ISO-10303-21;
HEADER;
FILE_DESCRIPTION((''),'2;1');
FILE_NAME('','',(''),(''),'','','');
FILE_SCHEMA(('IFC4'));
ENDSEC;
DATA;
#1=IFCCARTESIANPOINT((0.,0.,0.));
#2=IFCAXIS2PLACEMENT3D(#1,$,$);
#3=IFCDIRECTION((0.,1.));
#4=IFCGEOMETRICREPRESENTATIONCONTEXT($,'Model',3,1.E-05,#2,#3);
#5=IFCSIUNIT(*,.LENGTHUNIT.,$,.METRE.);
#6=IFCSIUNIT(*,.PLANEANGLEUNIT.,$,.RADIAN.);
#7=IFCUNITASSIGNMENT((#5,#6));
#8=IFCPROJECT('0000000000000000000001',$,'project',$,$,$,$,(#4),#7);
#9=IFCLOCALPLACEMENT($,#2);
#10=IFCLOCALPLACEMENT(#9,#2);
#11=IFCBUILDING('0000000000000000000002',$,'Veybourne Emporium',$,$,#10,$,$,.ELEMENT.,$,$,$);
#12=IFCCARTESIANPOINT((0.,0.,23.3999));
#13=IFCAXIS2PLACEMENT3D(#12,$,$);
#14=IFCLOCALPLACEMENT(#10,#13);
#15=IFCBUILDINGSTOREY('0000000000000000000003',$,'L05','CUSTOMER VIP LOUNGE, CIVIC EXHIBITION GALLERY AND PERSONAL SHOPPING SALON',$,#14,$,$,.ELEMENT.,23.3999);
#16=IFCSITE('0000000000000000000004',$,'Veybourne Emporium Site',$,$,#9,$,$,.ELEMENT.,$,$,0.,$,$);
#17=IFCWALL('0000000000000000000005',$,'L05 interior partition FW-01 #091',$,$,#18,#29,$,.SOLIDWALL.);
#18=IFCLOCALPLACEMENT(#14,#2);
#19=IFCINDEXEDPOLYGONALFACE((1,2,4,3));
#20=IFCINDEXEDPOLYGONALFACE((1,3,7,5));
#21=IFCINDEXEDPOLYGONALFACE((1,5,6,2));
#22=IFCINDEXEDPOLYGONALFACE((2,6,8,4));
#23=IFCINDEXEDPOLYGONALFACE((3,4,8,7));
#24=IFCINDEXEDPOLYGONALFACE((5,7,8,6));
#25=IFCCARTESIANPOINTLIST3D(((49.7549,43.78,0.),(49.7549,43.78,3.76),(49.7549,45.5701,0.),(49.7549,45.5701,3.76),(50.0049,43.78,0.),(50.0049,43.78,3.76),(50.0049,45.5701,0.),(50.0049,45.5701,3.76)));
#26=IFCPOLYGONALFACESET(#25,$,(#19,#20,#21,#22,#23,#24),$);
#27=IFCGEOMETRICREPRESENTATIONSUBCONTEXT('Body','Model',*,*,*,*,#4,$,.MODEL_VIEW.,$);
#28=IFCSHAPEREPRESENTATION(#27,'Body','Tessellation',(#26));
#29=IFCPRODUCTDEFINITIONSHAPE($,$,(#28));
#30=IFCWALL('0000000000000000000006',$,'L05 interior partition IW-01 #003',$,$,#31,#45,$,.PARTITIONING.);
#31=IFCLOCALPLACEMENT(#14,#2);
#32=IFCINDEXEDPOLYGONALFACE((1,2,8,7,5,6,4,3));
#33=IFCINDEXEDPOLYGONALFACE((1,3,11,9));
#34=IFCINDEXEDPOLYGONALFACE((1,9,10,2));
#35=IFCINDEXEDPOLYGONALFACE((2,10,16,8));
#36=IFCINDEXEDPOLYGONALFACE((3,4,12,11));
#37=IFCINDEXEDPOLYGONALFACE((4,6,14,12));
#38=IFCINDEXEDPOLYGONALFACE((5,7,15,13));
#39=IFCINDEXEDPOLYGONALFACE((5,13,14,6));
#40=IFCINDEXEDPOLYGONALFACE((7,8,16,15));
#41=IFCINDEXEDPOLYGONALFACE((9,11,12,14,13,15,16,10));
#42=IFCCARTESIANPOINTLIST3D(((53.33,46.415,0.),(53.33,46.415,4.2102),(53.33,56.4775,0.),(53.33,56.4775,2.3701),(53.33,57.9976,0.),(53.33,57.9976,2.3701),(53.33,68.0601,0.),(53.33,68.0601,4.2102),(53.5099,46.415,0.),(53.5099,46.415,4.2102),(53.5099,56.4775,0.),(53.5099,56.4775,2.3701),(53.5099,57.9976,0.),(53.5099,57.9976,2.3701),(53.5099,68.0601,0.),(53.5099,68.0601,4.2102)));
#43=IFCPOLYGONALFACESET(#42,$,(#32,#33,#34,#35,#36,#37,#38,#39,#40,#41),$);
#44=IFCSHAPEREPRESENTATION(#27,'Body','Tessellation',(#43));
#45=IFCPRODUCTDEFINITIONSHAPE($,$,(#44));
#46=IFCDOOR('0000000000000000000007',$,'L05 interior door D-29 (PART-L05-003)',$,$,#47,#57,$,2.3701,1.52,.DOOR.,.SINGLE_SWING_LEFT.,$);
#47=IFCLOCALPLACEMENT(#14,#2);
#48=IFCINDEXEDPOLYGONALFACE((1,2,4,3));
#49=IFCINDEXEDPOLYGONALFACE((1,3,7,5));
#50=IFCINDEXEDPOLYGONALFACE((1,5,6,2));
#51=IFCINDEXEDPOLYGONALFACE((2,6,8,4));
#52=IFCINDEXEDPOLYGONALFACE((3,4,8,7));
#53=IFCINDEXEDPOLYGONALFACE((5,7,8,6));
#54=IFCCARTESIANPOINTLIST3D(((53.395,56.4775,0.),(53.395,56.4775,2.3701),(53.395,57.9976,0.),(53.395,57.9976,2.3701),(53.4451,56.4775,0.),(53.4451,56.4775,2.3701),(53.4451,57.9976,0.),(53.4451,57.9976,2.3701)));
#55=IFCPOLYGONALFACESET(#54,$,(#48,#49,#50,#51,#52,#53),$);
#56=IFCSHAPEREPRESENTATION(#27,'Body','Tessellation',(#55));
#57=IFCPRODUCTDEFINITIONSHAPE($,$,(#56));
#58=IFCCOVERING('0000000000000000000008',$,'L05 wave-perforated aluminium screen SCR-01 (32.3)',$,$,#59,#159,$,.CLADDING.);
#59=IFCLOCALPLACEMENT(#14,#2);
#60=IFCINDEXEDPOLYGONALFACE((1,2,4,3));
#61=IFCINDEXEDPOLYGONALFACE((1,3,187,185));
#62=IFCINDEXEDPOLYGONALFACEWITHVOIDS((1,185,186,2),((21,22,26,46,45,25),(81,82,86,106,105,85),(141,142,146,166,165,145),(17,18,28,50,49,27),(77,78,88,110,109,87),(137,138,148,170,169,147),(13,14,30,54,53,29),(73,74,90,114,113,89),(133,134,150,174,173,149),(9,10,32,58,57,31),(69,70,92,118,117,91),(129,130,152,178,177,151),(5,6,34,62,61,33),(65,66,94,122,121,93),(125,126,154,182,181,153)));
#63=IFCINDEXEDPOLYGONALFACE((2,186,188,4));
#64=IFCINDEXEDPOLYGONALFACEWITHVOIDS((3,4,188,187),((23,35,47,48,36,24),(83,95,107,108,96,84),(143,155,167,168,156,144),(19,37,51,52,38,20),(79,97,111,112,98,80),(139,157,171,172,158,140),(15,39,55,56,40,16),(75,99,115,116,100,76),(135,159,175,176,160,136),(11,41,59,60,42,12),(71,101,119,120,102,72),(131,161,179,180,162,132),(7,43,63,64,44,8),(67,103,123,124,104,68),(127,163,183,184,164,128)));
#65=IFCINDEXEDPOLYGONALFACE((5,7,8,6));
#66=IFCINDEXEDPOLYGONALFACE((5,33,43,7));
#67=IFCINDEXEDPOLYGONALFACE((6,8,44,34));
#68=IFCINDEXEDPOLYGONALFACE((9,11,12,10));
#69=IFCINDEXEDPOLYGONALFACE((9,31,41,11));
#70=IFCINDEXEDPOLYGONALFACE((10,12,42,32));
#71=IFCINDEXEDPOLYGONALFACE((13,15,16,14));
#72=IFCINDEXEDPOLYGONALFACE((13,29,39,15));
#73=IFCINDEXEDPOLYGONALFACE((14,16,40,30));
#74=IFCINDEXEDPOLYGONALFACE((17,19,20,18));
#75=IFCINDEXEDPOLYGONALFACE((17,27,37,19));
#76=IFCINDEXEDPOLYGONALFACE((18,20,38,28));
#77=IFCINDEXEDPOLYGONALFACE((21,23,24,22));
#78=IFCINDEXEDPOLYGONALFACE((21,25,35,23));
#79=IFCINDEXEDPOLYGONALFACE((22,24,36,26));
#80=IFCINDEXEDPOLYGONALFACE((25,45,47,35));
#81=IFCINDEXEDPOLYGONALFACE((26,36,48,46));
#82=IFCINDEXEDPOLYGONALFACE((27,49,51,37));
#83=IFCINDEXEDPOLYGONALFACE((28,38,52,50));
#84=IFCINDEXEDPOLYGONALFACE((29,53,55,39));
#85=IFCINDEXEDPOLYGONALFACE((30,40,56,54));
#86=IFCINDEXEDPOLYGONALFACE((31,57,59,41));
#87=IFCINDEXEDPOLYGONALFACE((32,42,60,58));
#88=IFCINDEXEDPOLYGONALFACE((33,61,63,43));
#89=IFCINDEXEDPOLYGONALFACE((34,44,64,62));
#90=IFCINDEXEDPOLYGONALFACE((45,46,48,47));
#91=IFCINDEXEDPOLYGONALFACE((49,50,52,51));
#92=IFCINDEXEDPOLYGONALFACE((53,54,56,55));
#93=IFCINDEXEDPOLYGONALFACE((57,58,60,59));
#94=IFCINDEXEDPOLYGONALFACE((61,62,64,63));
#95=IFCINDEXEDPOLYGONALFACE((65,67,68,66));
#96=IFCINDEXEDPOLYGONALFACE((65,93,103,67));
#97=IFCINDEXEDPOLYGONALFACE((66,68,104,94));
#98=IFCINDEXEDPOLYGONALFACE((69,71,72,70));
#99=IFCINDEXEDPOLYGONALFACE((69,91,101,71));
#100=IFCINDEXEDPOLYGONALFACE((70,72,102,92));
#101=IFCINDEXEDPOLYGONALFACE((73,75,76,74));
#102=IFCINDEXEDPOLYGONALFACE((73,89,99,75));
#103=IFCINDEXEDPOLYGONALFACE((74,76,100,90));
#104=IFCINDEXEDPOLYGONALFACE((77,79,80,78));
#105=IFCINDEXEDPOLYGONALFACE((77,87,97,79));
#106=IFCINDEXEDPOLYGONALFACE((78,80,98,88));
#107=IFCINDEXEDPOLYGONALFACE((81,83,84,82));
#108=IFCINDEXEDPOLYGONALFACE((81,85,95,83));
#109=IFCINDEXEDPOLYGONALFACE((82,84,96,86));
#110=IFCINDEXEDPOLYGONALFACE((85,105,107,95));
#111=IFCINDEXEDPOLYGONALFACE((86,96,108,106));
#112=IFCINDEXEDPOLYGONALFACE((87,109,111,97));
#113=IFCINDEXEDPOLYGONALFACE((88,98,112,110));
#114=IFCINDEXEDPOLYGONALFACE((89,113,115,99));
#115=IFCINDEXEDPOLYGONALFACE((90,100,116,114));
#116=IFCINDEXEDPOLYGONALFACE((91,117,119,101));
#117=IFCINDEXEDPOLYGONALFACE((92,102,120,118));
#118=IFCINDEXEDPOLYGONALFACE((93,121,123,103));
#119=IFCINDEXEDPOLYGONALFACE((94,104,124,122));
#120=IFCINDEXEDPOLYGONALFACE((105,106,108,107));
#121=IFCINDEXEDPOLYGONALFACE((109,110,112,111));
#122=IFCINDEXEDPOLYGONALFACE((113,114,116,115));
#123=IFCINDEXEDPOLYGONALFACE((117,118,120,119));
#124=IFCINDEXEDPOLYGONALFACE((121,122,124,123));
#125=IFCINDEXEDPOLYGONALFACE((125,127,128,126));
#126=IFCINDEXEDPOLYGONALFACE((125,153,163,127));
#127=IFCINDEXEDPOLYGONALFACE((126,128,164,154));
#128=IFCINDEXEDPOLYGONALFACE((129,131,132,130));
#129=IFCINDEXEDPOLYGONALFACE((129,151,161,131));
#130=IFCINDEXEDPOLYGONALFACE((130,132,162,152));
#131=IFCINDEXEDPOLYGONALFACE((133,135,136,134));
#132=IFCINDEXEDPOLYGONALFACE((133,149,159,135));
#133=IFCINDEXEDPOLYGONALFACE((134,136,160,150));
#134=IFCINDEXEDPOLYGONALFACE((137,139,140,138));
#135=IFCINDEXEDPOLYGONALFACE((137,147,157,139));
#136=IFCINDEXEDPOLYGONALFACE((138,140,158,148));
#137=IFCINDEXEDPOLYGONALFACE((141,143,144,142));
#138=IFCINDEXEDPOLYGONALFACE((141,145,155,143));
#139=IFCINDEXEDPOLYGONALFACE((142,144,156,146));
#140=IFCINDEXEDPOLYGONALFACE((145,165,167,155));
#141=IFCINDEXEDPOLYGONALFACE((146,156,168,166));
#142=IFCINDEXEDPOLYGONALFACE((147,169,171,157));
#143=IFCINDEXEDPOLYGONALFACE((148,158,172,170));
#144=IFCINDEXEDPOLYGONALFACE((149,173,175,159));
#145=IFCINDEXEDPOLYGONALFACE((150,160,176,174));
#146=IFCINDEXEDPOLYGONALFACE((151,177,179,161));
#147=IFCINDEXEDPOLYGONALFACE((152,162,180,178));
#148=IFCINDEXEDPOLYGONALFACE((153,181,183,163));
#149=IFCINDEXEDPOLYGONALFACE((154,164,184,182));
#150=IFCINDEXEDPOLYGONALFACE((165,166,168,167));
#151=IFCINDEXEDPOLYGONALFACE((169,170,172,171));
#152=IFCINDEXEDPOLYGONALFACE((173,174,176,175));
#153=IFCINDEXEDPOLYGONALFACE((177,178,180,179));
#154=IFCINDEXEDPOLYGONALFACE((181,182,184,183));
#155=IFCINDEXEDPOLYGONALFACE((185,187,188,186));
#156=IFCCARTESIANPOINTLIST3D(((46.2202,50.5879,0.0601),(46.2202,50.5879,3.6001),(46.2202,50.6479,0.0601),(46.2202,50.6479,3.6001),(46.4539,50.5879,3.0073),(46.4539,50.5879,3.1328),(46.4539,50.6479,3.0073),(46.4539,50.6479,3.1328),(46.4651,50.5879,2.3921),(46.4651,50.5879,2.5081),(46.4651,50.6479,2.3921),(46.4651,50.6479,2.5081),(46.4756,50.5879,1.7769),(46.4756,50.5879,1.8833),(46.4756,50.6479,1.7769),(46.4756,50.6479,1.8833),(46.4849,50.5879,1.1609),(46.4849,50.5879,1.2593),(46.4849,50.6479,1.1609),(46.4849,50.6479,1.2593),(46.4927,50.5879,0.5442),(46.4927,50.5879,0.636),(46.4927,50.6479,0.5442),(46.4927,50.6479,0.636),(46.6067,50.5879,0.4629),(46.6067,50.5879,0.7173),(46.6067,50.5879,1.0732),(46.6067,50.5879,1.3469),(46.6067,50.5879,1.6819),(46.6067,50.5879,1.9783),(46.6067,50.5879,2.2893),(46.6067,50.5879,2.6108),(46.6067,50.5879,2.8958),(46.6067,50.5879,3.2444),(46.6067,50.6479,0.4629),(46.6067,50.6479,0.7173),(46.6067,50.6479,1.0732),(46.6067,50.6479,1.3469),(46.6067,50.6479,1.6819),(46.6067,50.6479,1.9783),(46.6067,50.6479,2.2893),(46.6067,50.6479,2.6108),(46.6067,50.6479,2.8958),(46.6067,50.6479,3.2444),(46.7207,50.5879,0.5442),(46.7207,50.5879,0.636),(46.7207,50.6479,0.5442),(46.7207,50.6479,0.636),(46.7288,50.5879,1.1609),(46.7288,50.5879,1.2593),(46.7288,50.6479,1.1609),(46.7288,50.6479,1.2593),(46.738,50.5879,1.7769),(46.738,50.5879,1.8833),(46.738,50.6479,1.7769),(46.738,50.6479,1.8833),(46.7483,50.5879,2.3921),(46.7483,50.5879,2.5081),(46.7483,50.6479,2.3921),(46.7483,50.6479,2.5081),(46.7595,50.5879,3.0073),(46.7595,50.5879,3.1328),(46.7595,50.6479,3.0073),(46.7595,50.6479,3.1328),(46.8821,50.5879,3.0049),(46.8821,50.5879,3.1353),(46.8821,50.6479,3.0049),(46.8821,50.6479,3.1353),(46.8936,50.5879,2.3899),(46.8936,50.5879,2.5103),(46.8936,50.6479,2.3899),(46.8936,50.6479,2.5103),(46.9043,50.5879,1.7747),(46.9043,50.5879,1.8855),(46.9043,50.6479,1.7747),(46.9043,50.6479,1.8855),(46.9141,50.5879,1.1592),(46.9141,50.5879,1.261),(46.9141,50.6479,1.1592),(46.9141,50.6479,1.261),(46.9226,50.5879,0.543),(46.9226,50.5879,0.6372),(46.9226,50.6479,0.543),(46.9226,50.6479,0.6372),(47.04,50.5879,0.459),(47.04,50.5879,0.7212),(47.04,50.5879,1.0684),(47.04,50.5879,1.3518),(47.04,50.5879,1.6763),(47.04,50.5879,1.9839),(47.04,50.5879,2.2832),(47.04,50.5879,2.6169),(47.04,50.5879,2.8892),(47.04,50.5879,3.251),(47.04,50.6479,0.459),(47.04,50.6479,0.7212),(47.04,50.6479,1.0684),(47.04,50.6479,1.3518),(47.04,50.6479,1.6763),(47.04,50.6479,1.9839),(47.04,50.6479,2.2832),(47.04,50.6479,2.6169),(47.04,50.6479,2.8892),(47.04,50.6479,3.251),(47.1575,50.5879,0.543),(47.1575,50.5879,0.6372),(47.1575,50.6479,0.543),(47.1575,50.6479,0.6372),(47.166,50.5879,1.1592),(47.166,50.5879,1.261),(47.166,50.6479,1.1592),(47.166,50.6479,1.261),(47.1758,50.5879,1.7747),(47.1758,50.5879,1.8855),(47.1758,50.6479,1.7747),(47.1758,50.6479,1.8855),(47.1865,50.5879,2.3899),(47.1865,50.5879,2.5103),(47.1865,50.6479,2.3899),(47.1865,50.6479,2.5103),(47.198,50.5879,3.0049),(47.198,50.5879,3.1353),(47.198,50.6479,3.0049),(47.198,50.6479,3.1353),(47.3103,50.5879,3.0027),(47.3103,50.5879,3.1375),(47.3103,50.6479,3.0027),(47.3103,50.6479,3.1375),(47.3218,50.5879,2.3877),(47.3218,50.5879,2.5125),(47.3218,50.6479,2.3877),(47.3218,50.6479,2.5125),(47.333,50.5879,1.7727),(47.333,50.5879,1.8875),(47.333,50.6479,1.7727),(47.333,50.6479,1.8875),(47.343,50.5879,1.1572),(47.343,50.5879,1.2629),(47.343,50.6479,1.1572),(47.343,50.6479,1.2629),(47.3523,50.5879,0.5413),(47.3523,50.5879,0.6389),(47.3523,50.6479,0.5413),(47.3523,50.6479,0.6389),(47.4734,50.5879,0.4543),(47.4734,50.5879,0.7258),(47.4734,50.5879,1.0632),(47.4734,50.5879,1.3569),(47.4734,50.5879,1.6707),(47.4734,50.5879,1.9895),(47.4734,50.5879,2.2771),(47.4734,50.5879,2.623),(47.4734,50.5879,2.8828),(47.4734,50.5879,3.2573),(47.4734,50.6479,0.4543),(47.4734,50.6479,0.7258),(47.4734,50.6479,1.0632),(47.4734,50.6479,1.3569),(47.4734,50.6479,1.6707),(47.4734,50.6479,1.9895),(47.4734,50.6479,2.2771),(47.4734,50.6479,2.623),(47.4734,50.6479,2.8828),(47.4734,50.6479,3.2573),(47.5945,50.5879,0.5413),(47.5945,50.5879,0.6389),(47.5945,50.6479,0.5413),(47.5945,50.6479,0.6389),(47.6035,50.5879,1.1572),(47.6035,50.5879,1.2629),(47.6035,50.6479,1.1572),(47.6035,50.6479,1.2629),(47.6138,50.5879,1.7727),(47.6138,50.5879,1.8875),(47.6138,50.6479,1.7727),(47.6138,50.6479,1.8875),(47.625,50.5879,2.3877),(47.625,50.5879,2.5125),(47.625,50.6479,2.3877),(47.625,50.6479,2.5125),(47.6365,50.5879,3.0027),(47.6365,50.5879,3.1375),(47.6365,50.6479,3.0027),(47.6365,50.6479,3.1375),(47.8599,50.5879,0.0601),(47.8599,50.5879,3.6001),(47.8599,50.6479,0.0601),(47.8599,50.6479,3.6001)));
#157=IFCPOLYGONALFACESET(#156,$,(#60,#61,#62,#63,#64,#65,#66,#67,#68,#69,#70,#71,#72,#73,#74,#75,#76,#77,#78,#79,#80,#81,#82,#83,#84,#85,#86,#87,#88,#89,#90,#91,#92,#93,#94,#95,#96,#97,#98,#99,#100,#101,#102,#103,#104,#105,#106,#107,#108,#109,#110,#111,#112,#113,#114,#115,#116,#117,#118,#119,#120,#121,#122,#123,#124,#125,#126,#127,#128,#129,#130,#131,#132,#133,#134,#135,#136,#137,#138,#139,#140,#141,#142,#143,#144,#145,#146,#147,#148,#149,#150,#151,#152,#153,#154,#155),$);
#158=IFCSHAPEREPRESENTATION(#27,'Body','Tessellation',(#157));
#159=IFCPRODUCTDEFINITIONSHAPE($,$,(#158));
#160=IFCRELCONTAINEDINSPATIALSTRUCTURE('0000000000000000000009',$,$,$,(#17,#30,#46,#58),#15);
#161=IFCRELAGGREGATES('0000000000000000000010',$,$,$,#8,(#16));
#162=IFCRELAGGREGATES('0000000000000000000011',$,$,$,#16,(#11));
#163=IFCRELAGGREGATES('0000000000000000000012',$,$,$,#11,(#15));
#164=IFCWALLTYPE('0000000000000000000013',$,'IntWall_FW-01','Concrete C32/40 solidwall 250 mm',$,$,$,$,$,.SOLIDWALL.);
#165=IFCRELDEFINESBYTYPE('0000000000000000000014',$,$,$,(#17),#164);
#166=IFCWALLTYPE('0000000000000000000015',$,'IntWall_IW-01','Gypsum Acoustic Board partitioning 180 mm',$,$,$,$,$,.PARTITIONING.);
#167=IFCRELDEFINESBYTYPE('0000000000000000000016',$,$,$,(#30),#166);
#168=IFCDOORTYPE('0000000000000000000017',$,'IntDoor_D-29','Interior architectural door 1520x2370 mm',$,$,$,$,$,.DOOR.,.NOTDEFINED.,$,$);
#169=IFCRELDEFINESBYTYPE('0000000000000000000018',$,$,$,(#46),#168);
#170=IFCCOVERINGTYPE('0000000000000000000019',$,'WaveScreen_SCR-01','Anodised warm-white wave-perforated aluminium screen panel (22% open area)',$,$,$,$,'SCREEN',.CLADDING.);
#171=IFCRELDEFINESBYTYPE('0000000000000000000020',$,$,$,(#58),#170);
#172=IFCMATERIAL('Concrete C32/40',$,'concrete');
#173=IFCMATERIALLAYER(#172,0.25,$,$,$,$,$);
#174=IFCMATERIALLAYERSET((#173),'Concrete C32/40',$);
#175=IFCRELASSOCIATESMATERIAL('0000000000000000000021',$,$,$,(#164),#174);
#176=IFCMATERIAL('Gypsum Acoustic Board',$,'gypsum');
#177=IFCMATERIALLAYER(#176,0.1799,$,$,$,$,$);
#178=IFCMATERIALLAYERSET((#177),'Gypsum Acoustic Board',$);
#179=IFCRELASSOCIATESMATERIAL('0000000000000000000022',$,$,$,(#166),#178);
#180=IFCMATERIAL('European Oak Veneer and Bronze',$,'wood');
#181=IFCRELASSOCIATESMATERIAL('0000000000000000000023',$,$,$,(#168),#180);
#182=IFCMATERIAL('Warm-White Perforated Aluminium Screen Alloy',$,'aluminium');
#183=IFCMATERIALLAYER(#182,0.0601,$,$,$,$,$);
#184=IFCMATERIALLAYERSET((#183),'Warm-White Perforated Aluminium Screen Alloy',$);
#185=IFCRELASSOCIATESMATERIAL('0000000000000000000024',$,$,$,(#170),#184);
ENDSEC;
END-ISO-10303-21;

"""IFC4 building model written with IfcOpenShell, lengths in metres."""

from ifc_helpers import new_model, si_unit, direction, frame, frame_2d, origin, place, context, subcontext, project, spatial, polyline, rectangle, outline, extrude, material, layer, layer_set, type_object, element, fill, save


model = new_model("IFC4")

# Units and contexts
model_context = context("Model", 3, precision=1e-05, world=origin(), true_north=direction((0.0, 1.0)))
body_context = subcontext(model_context, "Body", "Model", "MODEL_VIEW")
ifc_project = project(units=[si_unit("LENGTHUNIT", "METRE"), si_unit("PLANEANGLEUNIT", "RADIAN")], contexts=[model_context])

# Site, building, storey
site_placement = place(None, origin())
site = spatial("IfcSite", under=ifc_project, at=site_placement, Name="Veybourne Emporium Site", CompositionType="ELEMENT", RefElevation=0.0)
building_placement = place(site_placement, origin())
building = spatial("IfcBuilding", under=site, at=building_placement, Name="Veybourne Emporium", CompositionType="ELEMENT")
storey_placement = place(building_placement, frame((0.0, 0.0, 23.3999)))
storey = spatial("IfcBuildingStorey", under=building, at=storey_placement, Name="L05", Description="CUSTOMER VIP LOUNGE, CIVIC EXHIBITION GALLERY AND PERSONAL SHOPPING SALON", CompositionType="ELEMENT", Elevation=23.3999)

# Shared definitions
ifc_material_1 = material(Name="Concrete C32/40", Category="concrete")

# Shared definitions
ifc_layer_1 = layer(ifc_material_1, 0.25)
ifc_layer_set_1 = layer_set([ifc_layer_1], Name="Concrete C32/40")
wall_type_1 = type_object("IfcWallType", Name="IntWall_FW-01", Description="Concrete C32/40 solidwall 250 mm", PredefinedType="SOLIDWALL", material=ifc_layer_set_1)

# Wall
wall_1_placement = place(storey_placement, frame((49.8799, 43.78, 0.0), z_axis=(0.0, 0.0, 1.0), x_axis=(0.0, 1.0, 0.0)))
element("IfcWall", 1, at=wall_1_placement, inside=storey, type_object=wall_type_1, Name="L05 interior partition FW-01 #091", PredefinedType="SOLIDWALL", context=body_context, shape_type="SweptSolid", body=[
    extrude(rectangle(XDim=1.79, YDim=0.25, at=frame_2d((0.895, 0.0))), origin(), (0.0, 0.0, 1.0), 3.76),
])

# Wall, opening, door
ifc_material_2 = material(Name="Gypsum Acoustic Board", Category="gypsum")
ifc_layer_2 = layer(ifc_material_2, 0.1799)
ifc_layer_set_2 = layer_set([ifc_layer_2], Name="Gypsum Acoustic Board")
wall_type_2 = type_object("IfcWallType", Name="IntWall_IW-01", Description="Gypsum Acoustic Board partitioning 180 mm", PredefinedType="PARTITIONING", material=ifc_layer_set_2)
wall_2_placement = place(storey_placement, frame((53.4199, 46.415, 0.0), z_axis=(0.0, 0.0, 1.0), x_axis=(0.0, 1.0, 0.0)))
wall_2 = element("IfcWall", 2, at=wall_2_placement, inside=storey, type_object=wall_type_2, Name="L05 interior partition IW-01 #003", PredefinedType="PARTITIONING", context=body_context, shape_type="SweptSolid", body=[
    extrude(rectangle(XDim=21.645, YDim=0.1799, at=frame_2d((10.8225, 0.0))), origin(), (0.0, 0.0, 1.0), 4.2102),
])
opening_1_placement = place(wall_2_placement, frame((10.0625, 0.0, 0.0)))
opening_1 = element("IfcOpeningElement", 3, at=opening_1_placement, cuts=wall_2, PredefinedType="OPENING", context=body_context, shape_type="SweptSolid", body=[
    extrude(rectangle(XDim=1.52, YDim=2.3701, at=frame_2d((0.76, 1.1851))), frame((0.0, 0.1099, 0.0), z_axis=(0.0, -1.0, 0.0), x_axis=(1.0, 0.0, 0.0)), (0.0, 0.0, 1.0), 0.22),
])
ifc_material_3 = material(Name="European Oak Veneer and Bronze", Category="wood")
door_type_1 = type_object("IfcDoorType", Name="IntDoor_D-29", Description="Interior architectural door 1520x2370 mm", OperationType="NOTDEFINED", PredefinedType="DOOR", material=ifc_material_3)
door_1_placement = place(opening_1_placement, origin())
door_1 = element("IfcDoor", 4, at=door_1_placement, inside=storey, type_object=door_type_1, Name="L05 interior door D-29 (PART-L05-003)", OperationType="SINGLE_SWING_LEFT", OverallHeight=2.3701, OverallWidth=1.52, PredefinedType="DOOR", context=body_context, shape_type="SweptSolid", body=[
    extrude(rectangle(XDim=1.52, YDim=2.3701, at=frame_2d((0.76, 1.1851))), frame((0.0, 0.0249, 0.0), z_axis=(0.0, -1.0, 0.0), x_axis=(1.0, 0.0, 0.0)), (0.0, 0.0, 1.0), 0.05),
])
fill(opening_1, door_1)

# Covering
ifc_material_4 = material(Name="Warm-White Perforated Aluminium Screen Alloy", Category="aluminium")
ifc_layer_3 = layer(ifc_material_4, 0.0601)
ifc_layer_set_3 = layer_set([ifc_layer_3], Name="Warm-White Perforated Aluminium Screen Alloy")
covering_type_1 = type_object("IfcCoveringType", Name="WaveScreen_SCR-01", Description="Anodised warm-white wave-perforated aluminium screen panel (22% open area)", ElementType="SCREEN", PredefinedType="CLADDING", material=ifc_layer_set_3)
covering_1_placement = place(storey_placement, frame((47.04, 50.6479, 1.8301), z_axis=(0.0, -1.0, 0.0), x_axis=(1.0, 0.0, 0.0)))
element("IfcCovering", 5, at=covering_1_placement, inside=storey, type_object=covering_type_1, Name="L05 wave-perforated aluminium screen SCR-01 (32.3)", PredefinedType="CLADDING", context=body_context, shape_type="SweptSolid", body=[
    extrude(outline(polyline([(-0.8198, -1.77), (0.8198, -1.77), (0.8198, 1.77), (-0.8198, 1.77), (-0.8198, -1.77)]), holes=[polyline([(-0.4333, -1.1128), (-0.3193, -1.1941), (-0.3193, -1.2859), (-0.4333, -1.3672), (-0.5474, -1.2859), (-0.5474, -1.1941), (-0.4333, -1.1128)]), polyline([(-0.4333, -0.4832), (-0.3113, -0.5708), (-0.3113, -0.6692), (-0.4333, -0.7568), (-0.5552, -0.6692), (-0.5552, -0.5708), (-0.4333, -0.4832)]), polyline([(-0.4333, 0.1482), (-0.302, 0.0532), (-0.302, -0.0532), (-0.4333, -0.1482), (-0.5645, -0.0532), (-0.5645, 0.0532), (-0.4333, 0.1482)]), polyline([(-0.4333, 0.7808), (-0.2917, 0.678), (-0.2917, 0.562), (-0.4333, 0.4592), (-0.575, 0.562), (-0.575, 0.678), (-0.4333, 0.7808)]), polyline([(-0.4333, 1.4143), (-0.2805, 1.3027), (-0.2805, 1.1772), (-0.4333, 1.0657), (-0.5862, 1.1772), (-0.5862, 1.3027), (-0.4333, 1.4143)]), polyline([(0.0, -1.1089), (0.1174, -1.1929), (0.1174, -1.2871), (0.0, -1.3711), (-0.1174, -1.2871), (-0.1174, -1.1929), (0.0, -1.1089)]), polyline([(0.0, -0.4783), (0.126, -0.5691), (0.126, -0.6709), (0.0, -0.7617), (-0.126, -0.6709), (-0.126, -0.5691), (0.0, -0.4783)]), polyline([(0.0, 0.1538), (0.1357, 0.0554), (0.1357, -0.0554), (0.0, -0.1538), (-0.1357, -0.0554), (-0.1357, 0.0554), (0.0, 0.1538)]), polyline([(0.0, 0.7869), (0.1465, 0.6802), (0.1465, 0.5598), (0.0, 0.4531), (-0.1465, 0.5598), (-0.1465, 0.6802), (0.0, 0.7869)]), polyline([(0.0, 1.4209), (0.158, 1.3052), (0.158, 1.1748), (0.0, 1.0591), (-0.158, 1.1748), (-0.158, 1.3052), (0.0, 1.4209)]), polyline([(0.4333, -1.1042), (0.5544, -1.1912), (0.5544, -1.2888), (0.4333, -1.3757), (0.3123, -1.2888), (0.3123, -1.1912), (0.4333, -1.1042)]), polyline([(0.4333, -0.4731), (0.5635, -0.5671), (0.5635, -0.6729), (0.4333, -0.7668), (0.303, -0.6729), (0.303, -0.5671), (0.4333, -0.4731)]), polyline([(0.4333, 0.1594), (0.5737, 0.0574), (0.5737, -0.0574), (0.4333, -0.1594), (0.293, -0.0574), (0.293, 0.0574), (0.4333, 0.1594)]), polyline([(0.4333, 0.793), (0.585, 0.6824), (0.585, 0.5576), (0.4333, 0.447), (0.2817, 0.5576), (0.2817, 0.6824), (0.4333, 0.793)]), polyline([(0.4333, 1.4272), (0.5964, 1.3074), (0.5964, 1.1726), (0.4333, 1.0527), (0.2703, 1.1726), (0.2703, 1.3074), (0.4333, 1.4272)])]), origin(), (0.0, 0.0, 1.0), 0.0601),
])

save(model, "model.ifc")
